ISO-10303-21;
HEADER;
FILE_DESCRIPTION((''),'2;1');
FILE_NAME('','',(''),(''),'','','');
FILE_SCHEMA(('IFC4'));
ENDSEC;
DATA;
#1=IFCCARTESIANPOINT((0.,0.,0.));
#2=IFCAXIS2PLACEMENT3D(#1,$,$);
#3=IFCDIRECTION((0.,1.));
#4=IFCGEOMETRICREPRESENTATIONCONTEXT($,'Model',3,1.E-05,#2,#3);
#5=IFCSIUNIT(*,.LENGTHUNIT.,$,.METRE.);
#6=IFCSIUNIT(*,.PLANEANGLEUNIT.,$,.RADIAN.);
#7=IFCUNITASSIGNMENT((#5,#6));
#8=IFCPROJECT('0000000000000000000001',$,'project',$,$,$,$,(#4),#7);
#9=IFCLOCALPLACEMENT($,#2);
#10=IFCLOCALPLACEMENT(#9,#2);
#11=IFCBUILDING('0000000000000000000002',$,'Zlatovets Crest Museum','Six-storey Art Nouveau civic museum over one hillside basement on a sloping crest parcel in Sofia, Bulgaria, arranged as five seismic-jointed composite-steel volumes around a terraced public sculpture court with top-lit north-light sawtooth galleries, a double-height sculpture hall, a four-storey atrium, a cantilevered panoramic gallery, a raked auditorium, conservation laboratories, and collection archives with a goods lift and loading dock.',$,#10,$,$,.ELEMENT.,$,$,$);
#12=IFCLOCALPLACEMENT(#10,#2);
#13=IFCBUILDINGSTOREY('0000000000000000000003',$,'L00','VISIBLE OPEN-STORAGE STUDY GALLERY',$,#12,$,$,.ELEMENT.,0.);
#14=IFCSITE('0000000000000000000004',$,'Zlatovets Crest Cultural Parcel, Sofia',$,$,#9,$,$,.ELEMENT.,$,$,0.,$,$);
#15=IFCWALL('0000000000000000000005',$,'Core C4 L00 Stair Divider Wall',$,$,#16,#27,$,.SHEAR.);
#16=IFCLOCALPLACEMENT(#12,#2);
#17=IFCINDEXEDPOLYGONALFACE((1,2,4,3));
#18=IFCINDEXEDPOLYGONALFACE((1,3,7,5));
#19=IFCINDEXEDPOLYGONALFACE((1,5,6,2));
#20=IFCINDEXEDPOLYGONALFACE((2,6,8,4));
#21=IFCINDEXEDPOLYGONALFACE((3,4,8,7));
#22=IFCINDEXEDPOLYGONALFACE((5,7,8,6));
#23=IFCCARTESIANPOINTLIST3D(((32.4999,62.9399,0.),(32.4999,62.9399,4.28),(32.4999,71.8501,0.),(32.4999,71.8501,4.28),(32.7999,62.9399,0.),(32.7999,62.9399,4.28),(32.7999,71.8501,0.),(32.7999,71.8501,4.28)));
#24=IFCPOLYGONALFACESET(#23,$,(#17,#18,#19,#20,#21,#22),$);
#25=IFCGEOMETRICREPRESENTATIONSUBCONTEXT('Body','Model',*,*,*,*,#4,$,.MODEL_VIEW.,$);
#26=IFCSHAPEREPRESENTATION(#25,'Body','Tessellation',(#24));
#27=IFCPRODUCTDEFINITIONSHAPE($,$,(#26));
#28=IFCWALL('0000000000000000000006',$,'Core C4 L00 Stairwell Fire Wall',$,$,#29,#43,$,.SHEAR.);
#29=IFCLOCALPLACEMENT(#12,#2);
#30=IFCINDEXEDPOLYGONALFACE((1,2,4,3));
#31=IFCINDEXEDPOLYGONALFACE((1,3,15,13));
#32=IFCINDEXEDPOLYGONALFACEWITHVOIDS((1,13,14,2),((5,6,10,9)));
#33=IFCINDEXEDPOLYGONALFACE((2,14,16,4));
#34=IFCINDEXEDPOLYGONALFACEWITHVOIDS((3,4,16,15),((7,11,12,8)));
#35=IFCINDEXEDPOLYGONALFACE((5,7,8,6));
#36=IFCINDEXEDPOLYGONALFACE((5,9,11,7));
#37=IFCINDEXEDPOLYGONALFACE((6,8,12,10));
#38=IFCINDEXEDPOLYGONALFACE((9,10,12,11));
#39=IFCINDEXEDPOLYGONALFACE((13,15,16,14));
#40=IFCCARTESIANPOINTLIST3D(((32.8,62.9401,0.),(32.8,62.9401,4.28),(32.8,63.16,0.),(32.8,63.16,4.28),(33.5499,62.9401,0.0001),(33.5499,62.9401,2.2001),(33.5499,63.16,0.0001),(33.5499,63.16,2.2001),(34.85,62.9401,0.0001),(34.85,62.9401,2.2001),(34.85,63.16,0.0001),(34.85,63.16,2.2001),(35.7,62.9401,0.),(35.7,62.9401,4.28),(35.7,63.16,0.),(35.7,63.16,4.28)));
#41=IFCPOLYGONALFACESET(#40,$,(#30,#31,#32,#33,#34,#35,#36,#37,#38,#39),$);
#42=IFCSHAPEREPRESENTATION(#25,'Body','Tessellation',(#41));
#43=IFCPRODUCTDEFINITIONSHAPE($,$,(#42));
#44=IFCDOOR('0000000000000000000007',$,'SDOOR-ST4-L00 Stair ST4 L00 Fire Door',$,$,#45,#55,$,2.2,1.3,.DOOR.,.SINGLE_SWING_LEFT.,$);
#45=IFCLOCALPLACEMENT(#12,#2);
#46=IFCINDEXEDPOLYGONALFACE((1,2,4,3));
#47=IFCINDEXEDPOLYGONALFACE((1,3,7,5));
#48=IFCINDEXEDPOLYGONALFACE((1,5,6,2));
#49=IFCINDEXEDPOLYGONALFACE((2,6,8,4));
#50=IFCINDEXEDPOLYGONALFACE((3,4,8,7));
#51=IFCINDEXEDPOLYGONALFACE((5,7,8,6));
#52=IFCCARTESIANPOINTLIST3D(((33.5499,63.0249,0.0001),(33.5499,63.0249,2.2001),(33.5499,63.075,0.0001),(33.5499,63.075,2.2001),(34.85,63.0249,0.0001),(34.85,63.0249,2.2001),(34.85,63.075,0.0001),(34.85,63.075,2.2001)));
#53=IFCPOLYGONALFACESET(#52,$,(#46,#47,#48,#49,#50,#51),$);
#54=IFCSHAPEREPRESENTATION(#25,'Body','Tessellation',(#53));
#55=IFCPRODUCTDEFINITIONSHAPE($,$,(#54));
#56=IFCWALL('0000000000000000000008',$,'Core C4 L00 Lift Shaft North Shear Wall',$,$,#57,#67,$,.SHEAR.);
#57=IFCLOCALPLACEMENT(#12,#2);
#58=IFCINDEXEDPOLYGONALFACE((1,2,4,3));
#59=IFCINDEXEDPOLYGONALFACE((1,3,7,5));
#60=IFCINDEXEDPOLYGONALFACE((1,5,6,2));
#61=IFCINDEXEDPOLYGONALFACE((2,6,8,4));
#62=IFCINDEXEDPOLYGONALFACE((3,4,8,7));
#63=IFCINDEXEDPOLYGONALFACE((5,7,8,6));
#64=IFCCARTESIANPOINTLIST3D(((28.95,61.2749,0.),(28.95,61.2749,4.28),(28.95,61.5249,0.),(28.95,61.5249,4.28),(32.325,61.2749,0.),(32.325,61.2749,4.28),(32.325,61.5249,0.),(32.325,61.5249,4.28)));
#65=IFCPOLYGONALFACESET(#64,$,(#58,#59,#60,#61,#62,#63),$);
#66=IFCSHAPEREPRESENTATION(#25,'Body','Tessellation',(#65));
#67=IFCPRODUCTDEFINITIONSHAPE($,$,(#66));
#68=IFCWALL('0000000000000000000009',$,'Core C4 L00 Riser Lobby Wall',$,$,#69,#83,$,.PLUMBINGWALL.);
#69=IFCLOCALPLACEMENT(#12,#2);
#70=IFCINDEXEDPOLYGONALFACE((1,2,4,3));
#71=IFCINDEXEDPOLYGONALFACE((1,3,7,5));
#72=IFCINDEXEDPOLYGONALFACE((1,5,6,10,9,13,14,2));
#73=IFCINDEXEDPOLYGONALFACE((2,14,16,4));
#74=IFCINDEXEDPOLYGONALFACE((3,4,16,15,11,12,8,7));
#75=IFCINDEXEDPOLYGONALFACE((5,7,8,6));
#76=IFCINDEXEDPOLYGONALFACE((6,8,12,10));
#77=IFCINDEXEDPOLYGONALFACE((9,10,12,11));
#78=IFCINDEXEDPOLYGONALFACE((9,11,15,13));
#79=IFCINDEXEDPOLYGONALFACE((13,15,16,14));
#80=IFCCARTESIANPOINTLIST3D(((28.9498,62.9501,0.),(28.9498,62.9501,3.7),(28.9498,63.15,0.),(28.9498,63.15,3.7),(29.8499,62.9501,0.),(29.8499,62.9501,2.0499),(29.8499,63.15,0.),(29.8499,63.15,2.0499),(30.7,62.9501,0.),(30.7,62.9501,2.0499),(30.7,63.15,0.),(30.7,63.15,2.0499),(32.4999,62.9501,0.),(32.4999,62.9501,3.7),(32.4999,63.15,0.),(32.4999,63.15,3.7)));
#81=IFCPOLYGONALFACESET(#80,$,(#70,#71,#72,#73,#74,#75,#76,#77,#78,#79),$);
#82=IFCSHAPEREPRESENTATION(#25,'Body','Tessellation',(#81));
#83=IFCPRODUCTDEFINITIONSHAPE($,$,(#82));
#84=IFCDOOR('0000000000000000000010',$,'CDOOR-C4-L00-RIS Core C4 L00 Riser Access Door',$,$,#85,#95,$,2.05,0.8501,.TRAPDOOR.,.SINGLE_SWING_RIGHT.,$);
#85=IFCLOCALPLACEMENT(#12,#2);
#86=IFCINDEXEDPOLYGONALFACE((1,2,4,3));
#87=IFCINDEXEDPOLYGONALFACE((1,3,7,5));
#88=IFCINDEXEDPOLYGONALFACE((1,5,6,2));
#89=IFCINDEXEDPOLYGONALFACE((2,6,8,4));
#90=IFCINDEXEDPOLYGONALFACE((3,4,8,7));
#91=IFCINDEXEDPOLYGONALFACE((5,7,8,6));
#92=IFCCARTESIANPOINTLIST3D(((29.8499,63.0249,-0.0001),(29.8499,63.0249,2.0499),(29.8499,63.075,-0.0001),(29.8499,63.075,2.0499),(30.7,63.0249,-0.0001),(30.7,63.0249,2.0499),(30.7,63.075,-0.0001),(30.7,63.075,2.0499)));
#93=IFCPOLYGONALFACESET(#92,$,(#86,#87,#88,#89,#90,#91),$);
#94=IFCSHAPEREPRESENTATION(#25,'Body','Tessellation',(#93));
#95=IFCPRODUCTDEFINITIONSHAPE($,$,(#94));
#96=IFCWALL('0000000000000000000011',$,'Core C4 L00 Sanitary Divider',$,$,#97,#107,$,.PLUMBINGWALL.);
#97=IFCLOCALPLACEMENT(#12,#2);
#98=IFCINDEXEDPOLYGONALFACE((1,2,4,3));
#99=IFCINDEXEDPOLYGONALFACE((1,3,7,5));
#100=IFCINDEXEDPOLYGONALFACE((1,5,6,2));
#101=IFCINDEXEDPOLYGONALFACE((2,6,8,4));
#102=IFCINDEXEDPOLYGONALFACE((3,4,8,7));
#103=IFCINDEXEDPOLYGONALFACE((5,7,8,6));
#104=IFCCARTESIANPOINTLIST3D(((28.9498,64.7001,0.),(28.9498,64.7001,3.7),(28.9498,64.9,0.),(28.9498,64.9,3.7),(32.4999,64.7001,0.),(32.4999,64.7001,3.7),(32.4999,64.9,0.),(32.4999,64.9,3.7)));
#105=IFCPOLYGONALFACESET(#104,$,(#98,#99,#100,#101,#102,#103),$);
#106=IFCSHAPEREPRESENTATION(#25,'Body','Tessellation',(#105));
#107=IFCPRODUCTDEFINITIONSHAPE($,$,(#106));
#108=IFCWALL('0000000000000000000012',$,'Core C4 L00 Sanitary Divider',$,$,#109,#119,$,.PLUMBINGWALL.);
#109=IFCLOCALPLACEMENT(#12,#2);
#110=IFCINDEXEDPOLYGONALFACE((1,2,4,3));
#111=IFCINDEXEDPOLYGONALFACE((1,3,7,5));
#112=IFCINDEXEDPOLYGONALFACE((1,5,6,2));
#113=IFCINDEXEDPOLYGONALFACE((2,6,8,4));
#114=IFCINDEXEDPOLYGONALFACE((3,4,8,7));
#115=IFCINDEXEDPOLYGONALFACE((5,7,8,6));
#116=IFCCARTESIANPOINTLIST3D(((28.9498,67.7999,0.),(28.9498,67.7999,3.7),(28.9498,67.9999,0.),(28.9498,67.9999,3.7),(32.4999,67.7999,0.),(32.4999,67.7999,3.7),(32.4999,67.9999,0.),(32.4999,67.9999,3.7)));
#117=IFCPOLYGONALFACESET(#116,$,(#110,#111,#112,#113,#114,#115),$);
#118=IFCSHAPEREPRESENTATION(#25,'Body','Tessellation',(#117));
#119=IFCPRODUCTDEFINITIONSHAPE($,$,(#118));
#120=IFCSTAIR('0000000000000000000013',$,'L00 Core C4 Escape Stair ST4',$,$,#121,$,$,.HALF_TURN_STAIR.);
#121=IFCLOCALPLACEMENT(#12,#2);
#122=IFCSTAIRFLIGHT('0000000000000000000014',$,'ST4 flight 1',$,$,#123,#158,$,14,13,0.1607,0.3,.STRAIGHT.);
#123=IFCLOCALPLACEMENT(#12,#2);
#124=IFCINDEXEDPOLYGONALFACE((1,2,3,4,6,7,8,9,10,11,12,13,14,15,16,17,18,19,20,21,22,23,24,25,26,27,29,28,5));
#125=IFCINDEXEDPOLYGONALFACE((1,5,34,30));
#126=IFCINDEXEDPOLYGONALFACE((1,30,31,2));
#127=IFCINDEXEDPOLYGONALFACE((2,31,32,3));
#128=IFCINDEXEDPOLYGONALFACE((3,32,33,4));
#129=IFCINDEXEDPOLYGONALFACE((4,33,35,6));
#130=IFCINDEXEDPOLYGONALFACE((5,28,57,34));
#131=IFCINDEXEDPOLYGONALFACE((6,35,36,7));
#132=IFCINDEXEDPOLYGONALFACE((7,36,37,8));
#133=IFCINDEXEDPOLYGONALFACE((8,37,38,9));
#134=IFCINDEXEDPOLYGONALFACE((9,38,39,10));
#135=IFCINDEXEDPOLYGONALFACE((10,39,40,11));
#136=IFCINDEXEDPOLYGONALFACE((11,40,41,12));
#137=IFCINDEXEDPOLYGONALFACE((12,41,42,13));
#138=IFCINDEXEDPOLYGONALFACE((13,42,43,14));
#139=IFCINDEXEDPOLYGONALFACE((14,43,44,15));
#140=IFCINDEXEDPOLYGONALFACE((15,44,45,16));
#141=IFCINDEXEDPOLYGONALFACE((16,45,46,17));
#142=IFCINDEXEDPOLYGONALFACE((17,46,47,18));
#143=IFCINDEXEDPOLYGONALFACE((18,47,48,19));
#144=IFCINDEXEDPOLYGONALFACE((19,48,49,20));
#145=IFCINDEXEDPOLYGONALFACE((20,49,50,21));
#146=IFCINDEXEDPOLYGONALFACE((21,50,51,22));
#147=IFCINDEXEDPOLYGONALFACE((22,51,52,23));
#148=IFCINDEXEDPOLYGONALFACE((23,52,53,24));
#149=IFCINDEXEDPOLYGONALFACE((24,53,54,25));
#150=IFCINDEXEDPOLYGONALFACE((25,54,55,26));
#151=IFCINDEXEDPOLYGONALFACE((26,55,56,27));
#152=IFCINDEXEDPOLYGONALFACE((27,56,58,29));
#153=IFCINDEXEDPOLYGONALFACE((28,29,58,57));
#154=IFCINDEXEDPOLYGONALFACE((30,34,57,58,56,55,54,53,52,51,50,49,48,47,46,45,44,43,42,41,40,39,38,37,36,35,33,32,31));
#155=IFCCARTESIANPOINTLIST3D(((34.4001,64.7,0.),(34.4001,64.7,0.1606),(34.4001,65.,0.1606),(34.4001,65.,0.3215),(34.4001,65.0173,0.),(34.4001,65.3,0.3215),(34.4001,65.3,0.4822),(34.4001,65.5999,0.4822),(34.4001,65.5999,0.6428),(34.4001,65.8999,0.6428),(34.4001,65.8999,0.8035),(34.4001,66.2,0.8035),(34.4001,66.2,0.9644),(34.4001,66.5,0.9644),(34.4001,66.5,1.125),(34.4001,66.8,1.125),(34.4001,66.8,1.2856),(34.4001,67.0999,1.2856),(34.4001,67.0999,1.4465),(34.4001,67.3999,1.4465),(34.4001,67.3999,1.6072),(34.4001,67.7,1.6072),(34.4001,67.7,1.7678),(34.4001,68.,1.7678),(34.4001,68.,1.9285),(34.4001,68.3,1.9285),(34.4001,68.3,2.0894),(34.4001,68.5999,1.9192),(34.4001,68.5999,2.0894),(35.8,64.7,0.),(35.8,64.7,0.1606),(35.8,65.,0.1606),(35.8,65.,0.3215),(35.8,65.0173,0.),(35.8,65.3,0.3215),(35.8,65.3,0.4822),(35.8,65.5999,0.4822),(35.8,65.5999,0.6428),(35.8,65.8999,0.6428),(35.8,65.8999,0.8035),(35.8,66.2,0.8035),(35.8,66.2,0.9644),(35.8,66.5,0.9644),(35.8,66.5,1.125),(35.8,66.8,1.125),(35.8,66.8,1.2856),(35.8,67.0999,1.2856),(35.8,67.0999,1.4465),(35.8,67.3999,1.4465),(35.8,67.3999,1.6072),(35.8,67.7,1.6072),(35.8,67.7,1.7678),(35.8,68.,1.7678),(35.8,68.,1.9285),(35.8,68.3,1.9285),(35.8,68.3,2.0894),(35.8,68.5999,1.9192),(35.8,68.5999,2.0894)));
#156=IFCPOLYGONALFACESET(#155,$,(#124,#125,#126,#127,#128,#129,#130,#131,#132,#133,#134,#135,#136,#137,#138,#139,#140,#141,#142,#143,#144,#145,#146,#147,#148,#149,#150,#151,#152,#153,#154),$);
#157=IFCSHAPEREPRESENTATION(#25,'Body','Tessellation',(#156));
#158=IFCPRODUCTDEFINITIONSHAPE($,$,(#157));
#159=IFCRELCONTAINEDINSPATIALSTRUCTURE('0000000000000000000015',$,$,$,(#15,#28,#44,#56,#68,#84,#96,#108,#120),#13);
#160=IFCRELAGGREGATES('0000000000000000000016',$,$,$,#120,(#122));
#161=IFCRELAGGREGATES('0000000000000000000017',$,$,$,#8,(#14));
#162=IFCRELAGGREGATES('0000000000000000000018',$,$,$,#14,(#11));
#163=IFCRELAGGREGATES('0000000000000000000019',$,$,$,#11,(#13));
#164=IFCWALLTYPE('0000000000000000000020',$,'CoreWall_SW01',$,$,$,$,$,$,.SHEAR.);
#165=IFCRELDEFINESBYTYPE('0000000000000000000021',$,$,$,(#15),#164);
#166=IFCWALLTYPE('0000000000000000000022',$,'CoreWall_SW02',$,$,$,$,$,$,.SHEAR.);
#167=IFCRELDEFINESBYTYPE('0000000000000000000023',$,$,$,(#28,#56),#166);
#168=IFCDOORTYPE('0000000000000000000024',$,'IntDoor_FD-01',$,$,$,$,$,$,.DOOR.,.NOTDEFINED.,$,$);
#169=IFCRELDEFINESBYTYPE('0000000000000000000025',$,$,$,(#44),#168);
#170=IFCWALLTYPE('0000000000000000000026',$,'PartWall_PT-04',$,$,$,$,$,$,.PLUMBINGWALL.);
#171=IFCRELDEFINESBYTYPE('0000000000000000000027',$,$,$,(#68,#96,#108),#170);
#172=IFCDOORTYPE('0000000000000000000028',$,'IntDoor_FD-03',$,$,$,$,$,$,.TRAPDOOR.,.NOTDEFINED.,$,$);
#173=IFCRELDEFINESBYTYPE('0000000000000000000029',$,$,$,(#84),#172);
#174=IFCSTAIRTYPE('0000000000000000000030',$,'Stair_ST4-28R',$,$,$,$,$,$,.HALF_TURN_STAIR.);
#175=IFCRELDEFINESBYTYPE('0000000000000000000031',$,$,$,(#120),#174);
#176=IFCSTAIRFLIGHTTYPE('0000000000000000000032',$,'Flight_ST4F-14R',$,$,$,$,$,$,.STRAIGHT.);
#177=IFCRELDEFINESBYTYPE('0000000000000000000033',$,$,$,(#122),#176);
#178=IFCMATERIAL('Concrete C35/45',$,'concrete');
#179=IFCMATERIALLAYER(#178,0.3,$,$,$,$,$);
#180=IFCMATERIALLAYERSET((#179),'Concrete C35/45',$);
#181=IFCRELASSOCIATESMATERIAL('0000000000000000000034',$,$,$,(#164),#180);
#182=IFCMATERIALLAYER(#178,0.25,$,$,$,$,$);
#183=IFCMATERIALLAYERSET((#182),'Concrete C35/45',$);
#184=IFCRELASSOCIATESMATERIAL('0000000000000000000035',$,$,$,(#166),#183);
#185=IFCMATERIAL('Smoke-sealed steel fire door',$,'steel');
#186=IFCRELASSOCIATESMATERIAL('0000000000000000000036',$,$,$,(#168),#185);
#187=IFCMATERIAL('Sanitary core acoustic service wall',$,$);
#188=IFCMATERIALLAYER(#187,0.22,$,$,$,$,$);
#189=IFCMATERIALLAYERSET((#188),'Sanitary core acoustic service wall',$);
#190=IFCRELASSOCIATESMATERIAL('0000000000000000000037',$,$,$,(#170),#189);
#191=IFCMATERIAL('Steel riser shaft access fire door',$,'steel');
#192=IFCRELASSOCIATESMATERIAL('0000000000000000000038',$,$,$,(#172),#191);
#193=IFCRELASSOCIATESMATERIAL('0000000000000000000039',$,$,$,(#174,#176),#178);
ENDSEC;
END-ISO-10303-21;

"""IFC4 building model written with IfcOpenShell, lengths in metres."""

from ifc_helpers import new_model, si_unit, direction, frame, frame_2d, origin, place, context, subcontext, project, spatial, polyline, rectangle, outline, extrude, material, layer, layer_set, type_object, element, fill, aggregate, save


model = new_model("IFC4")

# Units and contexts
model_context = context("Model", 3, precision=1e-05, world=origin(), true_north=direction((0.0, 1.0)))
body_context = subcontext(model_context, "Body", "Model", "MODEL_VIEW")
ifc_project = project(units=[si_unit("LENGTHUNIT", "METRE"), si_unit("PLANEANGLEUNIT", "RADIAN")], contexts=[model_context])

# Site, building, storey
site_placement = place(None, origin())
site = spatial("IfcSite", under=ifc_project, at=site_placement, Name="Zlatovets Crest Cultural Parcel, Sofia", CompositionType="ELEMENT", RefElevation=0.0)
building_placement = place(site_placement, origin())
building = spatial("IfcBuilding", under=site, at=building_placement, Name="Zlatovets Crest Museum", Description="Six-storey Art Nouveau civic museum over one hillside basement on a sloping crest parcel in Sofia, Bulgaria, arranged as five seismic-jointed composite-steel volumes around a terraced public sculpture court with top-lit north-light sawtooth galleries, a double-height sculpture hall, a four-storey atrium, a cantilevered panoramic gallery, a raked auditorium, conservation laboratories, and collection archives with a goods lift and loading dock.", CompositionType="ELEMENT")
storey_placement = place(building_placement, origin())
storey = spatial("IfcBuildingStorey", under=building, at=storey_placement, Name="L00", Description="VISIBLE OPEN-STORAGE STUDY GALLERY", CompositionType="ELEMENT", Elevation=0.0)

# Wall
ifc_material_1 = material(Name="Concrete C35/45", Category="concrete")
ifc_layer_1 = layer(ifc_material_1, 0.3)
ifc_layer_set_1 = layer_set([ifc_layer_1], Name="Concrete C35/45")
wall_type_1 = type_object("IfcWallType", Name="CoreWall_SW01", PredefinedType="SHEAR", material=ifc_layer_set_1)
wall_1_placement = place(storey_placement, frame((32.6499, 62.9399, 0.0), z_axis=(0.0, 0.0, 1.0), x_axis=(0.0, 1.0, 0.0)))
element("IfcWall", 1, at=wall_1_placement, inside=storey, type_object=wall_type_1, Name="Core C4 L00 Stair Divider Wall", PredefinedType="SHEAR", context=body_context, shape_type="SweptSolid", body=[
    extrude(rectangle(XDim=8.9102, YDim=0.3, at=frame_2d((4.4551, 0.0))), origin(), (0.0, 0.0, 1.0), 4.28),
])

# Wall, opening, door
ifc_layer_2 = layer(ifc_material_1, 0.25)
ifc_layer_set_2 = layer_set([ifc_layer_2], Name="Concrete C35/45")
wall_type_2 = type_object("IfcWallType", Name="CoreWall_SW02", PredefinedType="SHEAR", material=ifc_layer_set_2)
wall_2_placement = place(storey_placement, frame((32.8, 63.05, 0.0), z_axis=(0.0, 0.0, 1.0), x_axis=(1.0, 0.0, 0.0)))
wall_2 = element("IfcWall", 2, at=wall_2_placement, inside=storey, type_object=wall_type_2, Name="Core C4 L00 Stairwell Fire Wall", PredefinedType="SHEAR", context=body_context, shape_type="SweptSolid", body=[
    extrude(rectangle(XDim=2.8999, YDim=0.22, at=frame_2d((1.45, 0.0))), origin(), (0.0, 0.0, 1.0), 4.28),
])
opening_1_placement = place(wall_2_placement, frame((0.75, 0.0, 0.0)))
opening_1 = element("IfcOpeningElement", 3, at=opening_1_placement, cuts=wall_2, PredefinedType="OPENING", context=body_context, shape_type="SweptSolid", body=[
    extrude(rectangle(XDim=1.3, YDim=2.2, at=frame_2d((0.6499, 1.1001))), frame((0.0, 0.1201, 0.0), z_axis=(0.0, -1.0, 0.0), x_axis=(1.0, 0.0, 0.0)), (0.0, 0.0, 1.0), 0.24),
])
ifc_material_2 = material(Name="Smoke-sealed steel fire door", Category="steel")
door_type_1 = type_object("IfcDoorType", Name="IntDoor_FD-01", OperationType="NOTDEFINED", PredefinedType="DOOR", material=ifc_material_2)
door_1_placement = place(opening_1_placement, origin())
door_1 = element("IfcDoor", 4, at=door_1_placement, inside=storey, type_object=door_type_1, Name="SDOOR-ST4-L00 Stair ST4 L00 Fire Door", OperationType="SINGLE_SWING_LEFT", OverallHeight=2.2, OverallWidth=1.3, PredefinedType="DOOR", context=body_context, shape_type="SweptSolid", body=[
    extrude(rectangle(XDim=1.3, YDim=2.2, at=frame_2d((0.6499, 1.1001))), frame((0.0, 0.0249, 0.0), z_axis=(0.0, -1.0, 0.0), x_axis=(1.0, 0.0, 0.0)), (0.0, 0.0, 1.0), 0.05),
])
fill(opening_1, door_1)

# Wall
wall_3_placement = place(storey_placement, frame((28.95, 61.3999, 0.0), z_axis=(0.0, 0.0, 1.0), x_axis=(1.0, 0.0, 0.0)))
element("IfcWall", 5, at=wall_3_placement, inside=storey, type_object=wall_type_2, Name="Core C4 L00 Lift Shaft North Shear Wall", PredefinedType="SHEAR", context=body_context, shape_type="SweptSolid", body=[
    extrude(rectangle(XDim=3.375, YDim=0.25, at=frame_2d((1.6875, 0.0))), origin(), (0.0, 0.0, 1.0), 4.28),
])

# Wall, opening, door
ifc_material_3 = material(Name="Sanitary core acoustic service wall")
ifc_layer_3 = layer(ifc_material_3, 0.22)
ifc_layer_set_3 = layer_set([ifc_layer_3], Name="Sanitary core acoustic service wall")
wall_type_3 = type_object("IfcWallType", Name="PartWall_PT-04", PredefinedType="PLUMBINGWALL", material=ifc_layer_set_3)
wall_4_placement = place(storey_placement, frame((28.95, 63.05, 0.0), z_axis=(0.0, 0.0, 1.0), x_axis=(1.0, 0.0, 0.0)))
wall_4 = element("IfcWall", 6, at=wall_4_placement, inside=storey, type_object=wall_type_3, Name="Core C4 L00 Riser Lobby Wall", PredefinedType="PLUMBINGWALL", context=body_context, shape_type="SweptSolid", body=[
    extrude(rectangle(XDim=3.55, YDim=0.2, at=frame_2d((1.7749, 0.0))), origin(), (0.0, 0.0, 1.0), 3.7),
])
opening_2_placement = place(wall_4_placement, frame((0.8999, 0.0, 0.0)))
opening_2 = element("IfcOpeningElement", 7, at=opening_2_placement, cuts=wall_4, PredefinedType="OPENING", context=body_context, shape_type="SweptSolid", body=[
    extrude(rectangle(XDim=0.8501, YDim=2.05, at=frame_2d((0.425, 1.0249))), frame((0.0, 0.1099, 0.0), z_axis=(0.0, -1.0, 0.0), x_axis=(1.0, 0.0, 0.0)), (0.0, 0.0, 1.0), 0.22),
])
ifc_material_4 = material(Name="Steel riser shaft access fire door", Category="steel")
door_type_2 = type_object("IfcDoorType", Name="IntDoor_FD-03", OperationType="NOTDEFINED", PredefinedType="TRAPDOOR", material=ifc_material_4)
door_2_placement = place(opening_2_placement, origin())
door_2 = element("IfcDoor", 8, at=door_2_placement, inside=storey, type_object=door_type_2, Name="CDOOR-C4-L00-RIS Core C4 L00 Riser Access Door", OperationType="SINGLE_SWING_RIGHT", OverallHeight=2.05, OverallWidth=0.8501, PredefinedType="TRAPDOOR", context=body_context, shape_type="SweptSolid", body=[
    extrude(rectangle(XDim=0.8501, YDim=2.05, at=frame_2d((0.425, 1.0249))), frame((0.0, 0.0249, 0.0), z_axis=(0.0, -1.0, 0.0), x_axis=(1.0, 0.0, 0.0)), (0.0, 0.0, 1.0), 0.05),
])
fill(opening_2, door_2)

# Walls
for number, where, z_axis, x_axis, name in (
    (9, (28.95, 64.8, 0.0), (0.0, 0.0, 1.0), (1.0, 0.0, 0.0), "Core C4 L00 Sanitary Divider"),
    (10, (28.95, 67.8999, 0.0), (0.0, 0.0, 1.0), (1.0, 0.0, 0.0), "Core C4 L00 Sanitary Divider"),
):
    element("IfcWall", number, at=place(storey_placement, frame(where, z_axis=z_axis, x_axis=x_axis)), inside=storey, type_object=wall_type_3, Name=name, PredefinedType="PLUMBINGWALL", context=body_context, shape_type="SweptSolid", body=[
        extrude(rectangle(XDim=3.55, YDim=0.2, at=frame_2d((1.7749, 0.0))), origin(), (0.0, 0.0, 1.0), 3.7),
    ])

# Stair, stair flight
stair_type = type_object("IfcStairType", Name="Stair_ST4-28R", PredefinedType="HALF_TURN_STAIR", material=ifc_material_1)
stair_placement = place(storey_placement, origin())
stair = element("IfcStair", 11, at=stair_placement, inside=storey, type_object=stair_type, Name="L00 Core C4 Escape Stair ST4", PredefinedType="HALF_TURN_STAIR")
stair_flight_type = type_object("IfcStairFlightType", Name="Flight_ST4F-14R", PredefinedType="STRAIGHT", material=ifc_material_1)
stair_flight_placement = place(storey_placement, frame((35.1001, 64.7, 0.0), z_axis=(0.0, 0.0, 1.0), x_axis=(0.0, 1.0, 0.0)))
stair_flight = element("IfcStairFlight", 12, at=stair_flight_placement, type_object=stair_flight_type, Name="ST4 flight 1", NumberOfRisers=14, NumberOfTreads=13, PredefinedType="STRAIGHT", RiserHeight=0.1607, TreadLength=0.3, context=body_context, shape_type="SweptSolid", body=[
    extrude(outline(polyline([(0.0, 0.0), (0.0, 0.1606), (0.3, 0.1606), (0.3, 0.3215), (0.6001, 0.3215), (0.6001, 0.4822), (0.8999, 0.4822), (0.8999, 0.6428), (1.2, 0.6428), (1.2, 0.8035), (1.5, 0.8035), (1.5, 0.9644), (1.8, 0.9644), (1.8, 1.125), (2.1001, 1.125), (2.1001, 1.2856), (2.3999, 1.2856), (2.3999, 1.4465), (2.7, 1.4465), (2.7, 1.6072), (3.0, 1.6072), (3.0, 1.7678), (3.3, 1.7678), (3.3, 1.9285), (3.6001, 1.9285), (3.6001, 2.0894), (3.8999, 2.0894), (3.8999, 2.25), (3.8999, 1.9192), (0.3174, 0.0), (0.0, 0.0)])), frame((0.0, 0.7, 0.0), z_axis=(0.0, -1.0, 0.0), x_axis=(1.0, 0.0, 0.0)), (0.0, 0.0, 1.0), 1.3999),
])
aggregate(stair, [stair_flight])

save(model, "model.ifc")
